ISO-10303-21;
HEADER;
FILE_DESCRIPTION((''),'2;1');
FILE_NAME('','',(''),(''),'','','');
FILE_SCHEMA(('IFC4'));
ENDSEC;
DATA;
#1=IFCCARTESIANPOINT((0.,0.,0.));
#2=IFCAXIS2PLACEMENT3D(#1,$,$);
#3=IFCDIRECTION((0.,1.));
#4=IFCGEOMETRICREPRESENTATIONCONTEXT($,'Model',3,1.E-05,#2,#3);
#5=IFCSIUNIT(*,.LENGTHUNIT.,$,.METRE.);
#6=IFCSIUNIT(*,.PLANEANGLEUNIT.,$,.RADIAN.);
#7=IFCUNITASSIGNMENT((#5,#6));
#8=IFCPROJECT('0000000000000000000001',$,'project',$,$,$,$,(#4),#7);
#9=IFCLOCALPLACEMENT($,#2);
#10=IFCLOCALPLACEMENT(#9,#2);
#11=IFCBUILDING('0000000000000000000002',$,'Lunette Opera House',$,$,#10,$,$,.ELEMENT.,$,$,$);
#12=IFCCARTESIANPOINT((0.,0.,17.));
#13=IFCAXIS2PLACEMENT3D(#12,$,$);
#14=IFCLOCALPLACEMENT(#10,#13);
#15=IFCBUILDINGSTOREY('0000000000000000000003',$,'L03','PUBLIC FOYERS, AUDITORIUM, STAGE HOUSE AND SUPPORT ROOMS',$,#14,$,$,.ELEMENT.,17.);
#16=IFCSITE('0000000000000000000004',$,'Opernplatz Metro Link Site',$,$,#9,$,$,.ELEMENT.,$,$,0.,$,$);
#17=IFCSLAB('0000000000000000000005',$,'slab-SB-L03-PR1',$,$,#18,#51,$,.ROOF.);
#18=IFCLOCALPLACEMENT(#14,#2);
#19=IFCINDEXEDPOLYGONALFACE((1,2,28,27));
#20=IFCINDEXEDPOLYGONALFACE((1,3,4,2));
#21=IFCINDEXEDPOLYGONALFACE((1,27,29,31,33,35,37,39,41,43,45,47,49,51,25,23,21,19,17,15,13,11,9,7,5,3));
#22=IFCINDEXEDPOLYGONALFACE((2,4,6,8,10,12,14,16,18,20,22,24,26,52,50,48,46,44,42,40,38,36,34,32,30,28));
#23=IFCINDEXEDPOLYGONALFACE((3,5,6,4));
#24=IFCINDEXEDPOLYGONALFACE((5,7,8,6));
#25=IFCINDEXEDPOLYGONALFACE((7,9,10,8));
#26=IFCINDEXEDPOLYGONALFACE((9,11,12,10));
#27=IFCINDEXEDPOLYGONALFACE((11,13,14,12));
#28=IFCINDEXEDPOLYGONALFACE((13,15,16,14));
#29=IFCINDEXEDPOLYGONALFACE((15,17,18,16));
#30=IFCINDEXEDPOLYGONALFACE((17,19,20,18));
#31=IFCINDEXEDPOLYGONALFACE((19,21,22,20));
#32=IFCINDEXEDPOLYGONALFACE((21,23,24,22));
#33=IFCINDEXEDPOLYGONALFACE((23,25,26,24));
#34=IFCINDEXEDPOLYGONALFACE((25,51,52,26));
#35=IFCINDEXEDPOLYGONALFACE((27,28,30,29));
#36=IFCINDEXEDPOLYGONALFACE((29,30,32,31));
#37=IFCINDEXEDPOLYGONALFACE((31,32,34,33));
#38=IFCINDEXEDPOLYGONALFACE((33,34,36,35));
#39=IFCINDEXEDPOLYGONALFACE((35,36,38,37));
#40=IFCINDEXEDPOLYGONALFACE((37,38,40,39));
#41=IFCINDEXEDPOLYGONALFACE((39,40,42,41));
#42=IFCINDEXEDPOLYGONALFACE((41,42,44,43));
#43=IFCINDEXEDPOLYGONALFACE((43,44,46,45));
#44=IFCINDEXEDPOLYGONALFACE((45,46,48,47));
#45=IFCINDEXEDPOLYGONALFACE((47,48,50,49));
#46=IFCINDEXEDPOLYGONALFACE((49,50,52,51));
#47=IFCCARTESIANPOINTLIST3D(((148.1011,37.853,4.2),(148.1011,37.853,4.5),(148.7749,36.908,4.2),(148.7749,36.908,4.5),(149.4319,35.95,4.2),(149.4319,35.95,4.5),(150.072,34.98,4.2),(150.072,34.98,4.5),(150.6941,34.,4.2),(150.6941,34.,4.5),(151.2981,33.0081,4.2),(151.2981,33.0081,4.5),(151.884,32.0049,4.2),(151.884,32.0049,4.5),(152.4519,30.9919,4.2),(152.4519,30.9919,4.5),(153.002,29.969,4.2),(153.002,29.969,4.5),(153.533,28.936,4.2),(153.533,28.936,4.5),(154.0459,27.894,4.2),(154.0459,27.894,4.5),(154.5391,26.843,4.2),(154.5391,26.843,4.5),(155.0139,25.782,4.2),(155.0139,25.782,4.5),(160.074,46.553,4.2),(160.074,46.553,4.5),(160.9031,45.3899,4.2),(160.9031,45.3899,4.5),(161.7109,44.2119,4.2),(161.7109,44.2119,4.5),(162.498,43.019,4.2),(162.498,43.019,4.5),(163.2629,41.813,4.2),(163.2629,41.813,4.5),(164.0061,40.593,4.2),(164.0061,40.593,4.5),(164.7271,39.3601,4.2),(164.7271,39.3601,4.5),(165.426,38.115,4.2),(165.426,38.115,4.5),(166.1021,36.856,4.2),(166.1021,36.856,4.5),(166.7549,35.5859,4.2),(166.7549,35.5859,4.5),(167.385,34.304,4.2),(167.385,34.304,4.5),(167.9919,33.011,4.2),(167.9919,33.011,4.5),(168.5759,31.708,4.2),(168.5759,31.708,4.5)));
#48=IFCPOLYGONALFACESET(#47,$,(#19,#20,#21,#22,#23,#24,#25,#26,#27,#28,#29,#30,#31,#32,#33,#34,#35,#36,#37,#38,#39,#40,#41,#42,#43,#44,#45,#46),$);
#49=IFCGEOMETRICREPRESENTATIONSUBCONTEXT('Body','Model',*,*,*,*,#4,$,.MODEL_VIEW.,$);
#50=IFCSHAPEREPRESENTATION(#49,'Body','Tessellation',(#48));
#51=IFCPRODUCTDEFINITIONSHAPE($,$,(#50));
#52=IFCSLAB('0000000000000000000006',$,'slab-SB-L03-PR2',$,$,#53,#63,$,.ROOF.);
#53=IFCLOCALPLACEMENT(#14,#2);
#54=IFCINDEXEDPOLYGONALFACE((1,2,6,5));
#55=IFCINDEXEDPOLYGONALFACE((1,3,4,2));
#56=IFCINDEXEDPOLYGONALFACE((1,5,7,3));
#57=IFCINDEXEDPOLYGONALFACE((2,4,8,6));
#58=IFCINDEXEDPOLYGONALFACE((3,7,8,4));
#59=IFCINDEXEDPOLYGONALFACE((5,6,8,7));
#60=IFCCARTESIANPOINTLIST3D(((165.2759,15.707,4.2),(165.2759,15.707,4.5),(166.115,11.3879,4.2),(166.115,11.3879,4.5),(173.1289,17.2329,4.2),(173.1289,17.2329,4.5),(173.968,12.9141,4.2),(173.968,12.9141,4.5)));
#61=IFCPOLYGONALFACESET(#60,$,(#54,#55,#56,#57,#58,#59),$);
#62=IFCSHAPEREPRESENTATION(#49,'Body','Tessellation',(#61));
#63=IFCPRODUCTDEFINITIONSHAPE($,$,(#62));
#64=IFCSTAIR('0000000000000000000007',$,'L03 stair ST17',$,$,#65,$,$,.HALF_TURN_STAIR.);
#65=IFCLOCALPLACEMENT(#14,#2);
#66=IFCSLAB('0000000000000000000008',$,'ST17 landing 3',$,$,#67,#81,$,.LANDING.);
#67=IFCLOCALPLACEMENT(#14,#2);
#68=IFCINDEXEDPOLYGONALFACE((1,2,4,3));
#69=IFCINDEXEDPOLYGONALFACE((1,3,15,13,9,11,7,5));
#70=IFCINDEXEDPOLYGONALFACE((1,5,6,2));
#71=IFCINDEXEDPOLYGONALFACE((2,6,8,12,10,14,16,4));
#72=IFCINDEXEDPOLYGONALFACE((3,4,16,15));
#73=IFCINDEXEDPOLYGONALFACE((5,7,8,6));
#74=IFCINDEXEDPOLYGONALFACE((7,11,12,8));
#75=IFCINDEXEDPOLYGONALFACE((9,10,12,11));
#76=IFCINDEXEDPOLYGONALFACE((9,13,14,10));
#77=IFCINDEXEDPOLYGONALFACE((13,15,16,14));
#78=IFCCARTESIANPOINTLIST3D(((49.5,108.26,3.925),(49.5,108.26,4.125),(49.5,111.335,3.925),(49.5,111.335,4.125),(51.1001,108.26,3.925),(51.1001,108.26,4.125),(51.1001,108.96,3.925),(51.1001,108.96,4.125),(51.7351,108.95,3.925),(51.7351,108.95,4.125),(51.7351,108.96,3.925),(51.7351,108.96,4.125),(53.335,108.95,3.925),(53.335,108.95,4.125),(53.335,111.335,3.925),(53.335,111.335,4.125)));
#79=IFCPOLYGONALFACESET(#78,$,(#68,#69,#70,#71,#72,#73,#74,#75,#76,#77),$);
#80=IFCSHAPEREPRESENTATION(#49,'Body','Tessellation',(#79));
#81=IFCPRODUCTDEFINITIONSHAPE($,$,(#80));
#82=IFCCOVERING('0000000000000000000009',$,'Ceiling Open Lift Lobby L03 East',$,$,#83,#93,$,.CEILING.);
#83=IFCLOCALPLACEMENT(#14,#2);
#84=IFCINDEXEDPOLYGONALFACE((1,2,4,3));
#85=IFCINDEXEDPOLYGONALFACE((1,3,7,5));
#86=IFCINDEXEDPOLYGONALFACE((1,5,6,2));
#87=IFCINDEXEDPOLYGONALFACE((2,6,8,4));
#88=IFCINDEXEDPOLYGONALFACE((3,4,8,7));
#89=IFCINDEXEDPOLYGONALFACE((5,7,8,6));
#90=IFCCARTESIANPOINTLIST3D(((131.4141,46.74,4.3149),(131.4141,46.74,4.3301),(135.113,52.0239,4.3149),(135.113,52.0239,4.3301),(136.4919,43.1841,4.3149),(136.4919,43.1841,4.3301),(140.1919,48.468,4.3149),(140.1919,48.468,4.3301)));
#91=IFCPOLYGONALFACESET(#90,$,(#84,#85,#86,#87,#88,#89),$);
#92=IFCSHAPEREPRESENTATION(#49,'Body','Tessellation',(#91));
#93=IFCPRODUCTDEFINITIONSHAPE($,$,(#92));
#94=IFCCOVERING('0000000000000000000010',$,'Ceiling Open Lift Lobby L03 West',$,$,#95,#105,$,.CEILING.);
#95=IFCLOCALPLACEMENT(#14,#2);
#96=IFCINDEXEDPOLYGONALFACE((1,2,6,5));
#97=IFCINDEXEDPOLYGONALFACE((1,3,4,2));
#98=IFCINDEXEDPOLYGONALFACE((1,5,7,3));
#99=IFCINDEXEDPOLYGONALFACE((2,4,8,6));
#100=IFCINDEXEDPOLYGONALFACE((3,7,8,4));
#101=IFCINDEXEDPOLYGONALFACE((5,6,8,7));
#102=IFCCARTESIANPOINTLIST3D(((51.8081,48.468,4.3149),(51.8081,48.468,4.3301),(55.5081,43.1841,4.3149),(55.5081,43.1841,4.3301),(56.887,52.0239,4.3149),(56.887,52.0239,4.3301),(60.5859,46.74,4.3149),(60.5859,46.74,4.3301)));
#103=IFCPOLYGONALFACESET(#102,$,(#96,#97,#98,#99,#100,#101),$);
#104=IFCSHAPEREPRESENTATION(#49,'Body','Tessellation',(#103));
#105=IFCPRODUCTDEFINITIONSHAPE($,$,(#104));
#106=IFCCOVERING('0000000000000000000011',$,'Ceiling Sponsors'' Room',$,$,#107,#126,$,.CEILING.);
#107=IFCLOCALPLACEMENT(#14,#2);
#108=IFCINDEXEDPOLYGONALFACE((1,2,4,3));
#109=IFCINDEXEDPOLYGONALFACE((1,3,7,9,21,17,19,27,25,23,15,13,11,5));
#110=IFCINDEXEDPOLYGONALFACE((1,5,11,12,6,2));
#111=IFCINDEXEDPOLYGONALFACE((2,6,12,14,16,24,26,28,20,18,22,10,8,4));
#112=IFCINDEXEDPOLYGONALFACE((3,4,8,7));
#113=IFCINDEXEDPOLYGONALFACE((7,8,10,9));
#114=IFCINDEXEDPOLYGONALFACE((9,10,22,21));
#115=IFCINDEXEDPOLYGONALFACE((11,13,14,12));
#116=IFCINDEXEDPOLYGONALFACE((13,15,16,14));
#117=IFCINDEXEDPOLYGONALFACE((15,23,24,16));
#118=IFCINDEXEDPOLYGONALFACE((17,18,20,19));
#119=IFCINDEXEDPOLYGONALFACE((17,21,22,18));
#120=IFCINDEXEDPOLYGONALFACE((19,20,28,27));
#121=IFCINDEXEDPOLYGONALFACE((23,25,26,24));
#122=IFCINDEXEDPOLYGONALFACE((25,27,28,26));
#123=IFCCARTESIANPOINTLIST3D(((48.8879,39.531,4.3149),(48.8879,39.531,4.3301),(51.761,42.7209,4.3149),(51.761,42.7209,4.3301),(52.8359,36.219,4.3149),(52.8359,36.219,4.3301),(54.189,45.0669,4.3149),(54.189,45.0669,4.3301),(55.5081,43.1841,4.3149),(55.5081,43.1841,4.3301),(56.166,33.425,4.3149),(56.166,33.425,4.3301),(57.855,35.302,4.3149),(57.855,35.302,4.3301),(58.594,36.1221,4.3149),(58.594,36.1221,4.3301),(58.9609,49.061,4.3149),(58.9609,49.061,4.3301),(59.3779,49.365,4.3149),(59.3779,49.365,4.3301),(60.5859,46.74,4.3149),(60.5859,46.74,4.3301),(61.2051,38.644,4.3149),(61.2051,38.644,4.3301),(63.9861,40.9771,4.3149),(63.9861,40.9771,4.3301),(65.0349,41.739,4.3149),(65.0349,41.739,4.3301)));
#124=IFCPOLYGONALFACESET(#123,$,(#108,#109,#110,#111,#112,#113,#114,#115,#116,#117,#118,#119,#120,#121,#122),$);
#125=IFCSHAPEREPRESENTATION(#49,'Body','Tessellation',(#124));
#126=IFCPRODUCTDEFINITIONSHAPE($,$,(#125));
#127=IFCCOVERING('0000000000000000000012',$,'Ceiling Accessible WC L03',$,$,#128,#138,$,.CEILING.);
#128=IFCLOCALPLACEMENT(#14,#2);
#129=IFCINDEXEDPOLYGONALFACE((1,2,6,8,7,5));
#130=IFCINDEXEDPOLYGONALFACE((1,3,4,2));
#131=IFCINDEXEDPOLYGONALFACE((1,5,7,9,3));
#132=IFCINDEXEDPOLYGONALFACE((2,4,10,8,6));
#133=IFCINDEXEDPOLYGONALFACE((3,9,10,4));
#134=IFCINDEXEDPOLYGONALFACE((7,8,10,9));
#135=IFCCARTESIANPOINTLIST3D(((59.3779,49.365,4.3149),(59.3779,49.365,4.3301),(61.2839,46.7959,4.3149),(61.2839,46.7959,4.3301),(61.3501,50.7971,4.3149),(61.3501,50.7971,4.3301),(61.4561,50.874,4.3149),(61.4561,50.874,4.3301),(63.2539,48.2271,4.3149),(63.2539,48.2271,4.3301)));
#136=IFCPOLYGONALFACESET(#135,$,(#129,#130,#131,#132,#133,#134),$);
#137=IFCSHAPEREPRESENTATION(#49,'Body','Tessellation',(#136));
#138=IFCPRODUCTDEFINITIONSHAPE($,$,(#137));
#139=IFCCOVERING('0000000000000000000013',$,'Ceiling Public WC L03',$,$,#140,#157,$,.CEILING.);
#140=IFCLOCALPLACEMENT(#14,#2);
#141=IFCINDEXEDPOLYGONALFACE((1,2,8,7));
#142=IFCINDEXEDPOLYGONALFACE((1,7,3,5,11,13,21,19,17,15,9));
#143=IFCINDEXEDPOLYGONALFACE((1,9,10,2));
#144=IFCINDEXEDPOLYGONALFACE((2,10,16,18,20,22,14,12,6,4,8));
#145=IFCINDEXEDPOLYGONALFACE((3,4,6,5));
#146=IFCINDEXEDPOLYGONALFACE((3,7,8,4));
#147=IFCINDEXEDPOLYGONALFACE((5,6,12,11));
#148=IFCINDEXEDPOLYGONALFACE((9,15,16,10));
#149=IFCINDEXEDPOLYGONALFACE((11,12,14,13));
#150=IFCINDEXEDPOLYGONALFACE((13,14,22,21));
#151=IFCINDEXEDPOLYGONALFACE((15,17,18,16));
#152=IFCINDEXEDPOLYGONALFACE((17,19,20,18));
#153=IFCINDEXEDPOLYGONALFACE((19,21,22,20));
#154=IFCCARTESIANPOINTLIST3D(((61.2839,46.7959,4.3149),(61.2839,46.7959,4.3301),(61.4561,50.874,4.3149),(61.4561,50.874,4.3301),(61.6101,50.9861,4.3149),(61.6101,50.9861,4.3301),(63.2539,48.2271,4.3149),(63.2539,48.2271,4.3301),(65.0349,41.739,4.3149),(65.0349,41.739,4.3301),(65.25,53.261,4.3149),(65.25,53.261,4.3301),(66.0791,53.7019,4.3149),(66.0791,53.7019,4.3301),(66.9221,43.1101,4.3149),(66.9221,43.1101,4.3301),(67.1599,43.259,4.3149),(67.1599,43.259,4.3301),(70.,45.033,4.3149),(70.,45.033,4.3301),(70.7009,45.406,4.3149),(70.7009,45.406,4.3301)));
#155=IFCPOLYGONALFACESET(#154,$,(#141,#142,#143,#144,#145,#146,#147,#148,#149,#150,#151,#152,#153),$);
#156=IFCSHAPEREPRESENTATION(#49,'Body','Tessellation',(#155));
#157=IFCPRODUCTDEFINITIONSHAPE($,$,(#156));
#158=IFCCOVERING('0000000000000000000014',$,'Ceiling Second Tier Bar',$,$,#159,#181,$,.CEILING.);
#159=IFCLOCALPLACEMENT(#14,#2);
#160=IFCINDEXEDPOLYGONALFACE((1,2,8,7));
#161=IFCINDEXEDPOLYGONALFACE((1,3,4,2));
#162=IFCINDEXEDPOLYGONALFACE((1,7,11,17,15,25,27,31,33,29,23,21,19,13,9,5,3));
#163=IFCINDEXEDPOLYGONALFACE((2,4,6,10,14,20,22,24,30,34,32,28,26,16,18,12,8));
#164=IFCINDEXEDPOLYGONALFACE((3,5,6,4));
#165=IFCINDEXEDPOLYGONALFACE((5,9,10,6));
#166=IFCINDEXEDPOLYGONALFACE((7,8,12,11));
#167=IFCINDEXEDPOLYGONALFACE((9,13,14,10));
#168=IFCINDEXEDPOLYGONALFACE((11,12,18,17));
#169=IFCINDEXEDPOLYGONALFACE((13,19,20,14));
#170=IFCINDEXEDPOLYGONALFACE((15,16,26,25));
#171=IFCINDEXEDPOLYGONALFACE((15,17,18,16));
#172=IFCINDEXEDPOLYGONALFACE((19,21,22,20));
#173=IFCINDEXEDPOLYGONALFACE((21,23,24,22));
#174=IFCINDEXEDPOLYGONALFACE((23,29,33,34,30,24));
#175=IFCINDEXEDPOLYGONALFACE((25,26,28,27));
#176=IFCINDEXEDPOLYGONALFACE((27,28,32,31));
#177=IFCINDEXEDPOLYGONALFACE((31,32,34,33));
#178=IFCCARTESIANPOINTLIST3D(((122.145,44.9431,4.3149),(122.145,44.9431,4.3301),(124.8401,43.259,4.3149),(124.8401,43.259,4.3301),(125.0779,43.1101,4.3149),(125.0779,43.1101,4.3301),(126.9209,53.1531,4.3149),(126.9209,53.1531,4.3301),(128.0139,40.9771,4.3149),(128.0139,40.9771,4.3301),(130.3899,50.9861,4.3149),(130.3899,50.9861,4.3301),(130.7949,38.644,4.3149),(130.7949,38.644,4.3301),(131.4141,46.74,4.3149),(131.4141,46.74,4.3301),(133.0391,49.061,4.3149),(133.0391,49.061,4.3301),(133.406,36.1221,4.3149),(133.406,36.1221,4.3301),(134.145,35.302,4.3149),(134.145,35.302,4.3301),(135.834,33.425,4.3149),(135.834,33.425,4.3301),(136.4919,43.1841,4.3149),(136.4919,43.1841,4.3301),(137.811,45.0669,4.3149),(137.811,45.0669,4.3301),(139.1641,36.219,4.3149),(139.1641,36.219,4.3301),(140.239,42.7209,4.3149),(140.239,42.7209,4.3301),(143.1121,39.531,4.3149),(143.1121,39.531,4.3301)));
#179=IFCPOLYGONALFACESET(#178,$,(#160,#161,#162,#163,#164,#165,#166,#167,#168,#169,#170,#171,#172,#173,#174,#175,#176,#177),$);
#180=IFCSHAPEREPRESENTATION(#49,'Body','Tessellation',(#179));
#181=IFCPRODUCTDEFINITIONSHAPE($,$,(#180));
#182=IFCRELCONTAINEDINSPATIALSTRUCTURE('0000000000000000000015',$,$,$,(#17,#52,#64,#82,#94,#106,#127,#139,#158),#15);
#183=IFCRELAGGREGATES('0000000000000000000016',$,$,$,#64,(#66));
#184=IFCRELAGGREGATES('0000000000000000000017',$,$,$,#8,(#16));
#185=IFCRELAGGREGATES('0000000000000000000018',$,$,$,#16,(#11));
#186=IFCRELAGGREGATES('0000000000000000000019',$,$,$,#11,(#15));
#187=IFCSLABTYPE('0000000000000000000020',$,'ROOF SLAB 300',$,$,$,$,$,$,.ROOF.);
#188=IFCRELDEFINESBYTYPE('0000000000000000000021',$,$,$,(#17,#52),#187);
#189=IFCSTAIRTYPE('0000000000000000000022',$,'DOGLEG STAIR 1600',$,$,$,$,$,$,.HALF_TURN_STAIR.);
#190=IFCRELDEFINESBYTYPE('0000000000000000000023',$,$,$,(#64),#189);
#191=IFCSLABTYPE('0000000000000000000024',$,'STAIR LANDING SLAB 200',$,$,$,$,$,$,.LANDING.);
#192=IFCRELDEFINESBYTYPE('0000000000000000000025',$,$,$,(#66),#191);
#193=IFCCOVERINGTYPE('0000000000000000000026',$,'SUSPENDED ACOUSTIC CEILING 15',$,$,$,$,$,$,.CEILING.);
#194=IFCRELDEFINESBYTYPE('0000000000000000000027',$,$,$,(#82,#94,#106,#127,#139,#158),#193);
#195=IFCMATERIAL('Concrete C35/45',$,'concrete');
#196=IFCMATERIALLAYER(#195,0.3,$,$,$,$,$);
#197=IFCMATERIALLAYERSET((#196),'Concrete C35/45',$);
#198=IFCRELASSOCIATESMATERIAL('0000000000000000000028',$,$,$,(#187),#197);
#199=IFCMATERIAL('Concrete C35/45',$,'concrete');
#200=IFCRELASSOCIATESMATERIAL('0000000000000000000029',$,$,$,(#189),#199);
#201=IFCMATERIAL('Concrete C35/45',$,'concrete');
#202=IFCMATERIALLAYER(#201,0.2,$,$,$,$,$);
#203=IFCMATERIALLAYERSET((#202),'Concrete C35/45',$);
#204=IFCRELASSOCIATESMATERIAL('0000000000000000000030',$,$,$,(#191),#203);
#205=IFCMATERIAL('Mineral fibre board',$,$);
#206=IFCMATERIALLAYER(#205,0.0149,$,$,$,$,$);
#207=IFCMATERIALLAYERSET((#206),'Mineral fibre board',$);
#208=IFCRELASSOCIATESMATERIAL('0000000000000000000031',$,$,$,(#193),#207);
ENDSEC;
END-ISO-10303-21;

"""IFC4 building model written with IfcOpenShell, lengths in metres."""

from ifc_helpers import new_model, si_unit, direction, frame, origin, place, context, subcontext, project, spatial, polyline, outline, extrude, material, layer, layer_set, type_object, element, aggregate, save


model = new_model("IFC4")

# Units and contexts
model_context = context("Model", 3, precision=1e-05, world=origin(), true_north=direction((0.0, 1.0)))
body_context = subcontext(model_context, "Body", "Model", "MODEL_VIEW")
ifc_project = project(units=[si_unit("LENGTHUNIT", "METRE"), si_unit("PLANEANGLEUNIT", "RADIAN")], contexts=[model_context])

# Site, building, storey
site_placement = place(None, origin())
site = spatial("IfcSite", under=ifc_project, at=site_placement, Name="Opernplatz Metro Link Site", CompositionType="ELEMENT", RefElevation=0.0)
building_placement = place(site_placement, origin())
building = spatial("IfcBuilding", under=site, at=building_placement, Name="Lunette Opera House", CompositionType="ELEMENT")
storey_placement = place(building_placement, frame((0.0, 0.0, 17.0)))
storey = spatial("IfcBuildingStorey", under=building, at=storey_placement, Name="L03", Description="PUBLIC FOYERS, AUDITORIUM, STAGE HOUSE AND SUPPORT ROOMS", CompositionType="ELEMENT", Elevation=17.0)

# Slabs
ifc_material_1 = material(Name="Concrete C35/45", Category="concrete")
ifc_layer_1 = layer(ifc_material_1, 0.3)
ifc_layer_set_1 = layer_set([ifc_layer_1], Name="Concrete C35/45")
slab_type_1 = type_object("IfcSlabType", Name="ROOF SLAB 300", PredefinedType="ROOF", material=ifc_layer_set_1)
slab_1_placement = place(storey_placement, frame((0.0, 0.0, 4.2)))
element("IfcSlab", 1, at=slab_1_placement, inside=storey, type_object=slab_type_1, Name="slab-SB-L03-PR1", PredefinedType="ROOF", context=body_context, shape_type="SweptSolid", body=[
    extrude(outline(polyline([(160.074, 46.553), (148.1011, 37.853), (148.7749, 36.908), (149.4319, 35.95), (150.072, 34.98), (150.6941, 34.0), (151.2981, 33.0081), (151.884, 32.0049), (152.4519, 30.9919), (153.002, 29.969), (153.533, 28.936), (154.0459, 27.894), (154.5391, 26.843), (155.0139, 25.782), (168.5759, 31.708), (167.9919, 33.011), (167.385, 34.304), (166.7549, 35.5859), (166.1021, 36.856), (165.426, 38.115), (164.7271, 39.3601), (164.0061, 40.593), (163.2629, 41.813), (162.498, 43.019), (161.7109, 44.2119), (160.9031, 45.3899), (160.074, 46.553)])), origin(), (0.0, 0.0, 1.0), 0.3),
])
slab_2_placement = place(storey_placement, frame((0.0, 0.0, 4.2)))
element("IfcSlab", 2, at=slab_2_placement, inside=storey, type_object=slab_type_1, Name="slab-SB-L03-PR2", PredefinedType="ROOF", context=body_context, shape_type="SweptSolid", body=[
    extrude(outline(polyline([(165.2759, 15.707), (166.115, 11.3879), (173.968, 12.9141), (173.1289, 17.2329), (165.2759, 15.707)])), origin(), (0.0, 0.0, 1.0), 0.3),
])

# Stair, slab
ifc_material_2 = material(Name="Concrete C35/45", Category="concrete")
stair_type = type_object("IfcStairType", Name="DOGLEG STAIR 1600", PredefinedType="HALF_TURN_STAIR", material=ifc_material_2)
stair_placement = place(storey_placement, origin())
stair = element("IfcStair", 3, at=stair_placement, inside=storey, type_object=stair_type, Name="L03 stair ST17", PredefinedType="HALF_TURN_STAIR")
ifc_material_3 = material(Name="Concrete C35/45", Category="concrete")
ifc_layer_2 = layer(ifc_material_3, 0.2)
ifc_layer_set_2 = layer_set([ifc_layer_2], Name="Concrete C35/45")
slab_type_2 = type_object("IfcSlabType", Name="STAIR LANDING SLAB 200", PredefinedType="LANDING", material=ifc_layer_set_2)
slab_3_placement = place(storey_placement, frame((0.0, 0.0, 3.925)))
slab_3 = element("IfcSlab", 4, at=slab_3_placement, type_object=slab_type_2, Name="ST17 landing 3", PredefinedType="LANDING", context=body_context, shape_type="SweptSolid", body=[
    extrude(outline(polyline([(53.335, 108.95), (51.7351, 108.95), (51.7351, 108.96), (51.1001, 108.96), (51.1001, 108.26), (49.5, 108.26), (49.5, 111.335), (53.335, 111.335), (53.335, 108.95)])), origin(), (0.0, 0.0, 1.0), 0.2),
])
aggregate(stair, [slab_3])

# Coverings
ifc_material_4 = material(Name="Mineral fibre board")
ifc_layer_3 = layer(ifc_material_4, 0.0149)
ifc_layer_set_3 = layer_set([ifc_layer_3], Name="Mineral fibre board")
covering_type = type_object("IfcCoveringType", Name="SUSPENDED ACOUSTIC CEILING 15", PredefinedType="CEILING", material=ifc_layer_set_3)
covering_1_placement = place(storey_placement, frame((0.0, 0.0, 4.3149)))
element("IfcCovering", 5, at=covering_1_placement, inside=storey, type_object=covering_type, Name="Ceiling Open Lift Lobby L03 East", PredefinedType="CEILING", context=body_context, shape_type="SweptSolid", body=[
    extrude(outline(polyline([(131.4141, 46.74), (136.4919, 43.1841), (140.1919, 48.468), (135.113, 52.0239), (131.4141, 46.74)])), origin(), (0.0, 0.0, 1.0), 0.0151),
])
covering_2_placement = place(storey_placement, frame((0.0, 0.0, 4.3149)))
element("IfcCovering", 6, at=covering_2_placement, inside=storey, type_object=covering_type, Name="Ceiling Open Lift Lobby L03 West", PredefinedType="CEILING", context=body_context, shape_type="SweptSolid", body=[
    extrude(outline(polyline([(60.5859, 46.74), (56.887, 52.0239), (51.8081, 48.468), (55.5081, 43.1841), (60.5859, 46.74)])), origin(), (0.0, 0.0, 1.0), 0.0151),
])
covering_3_placement = place(storey_placement, frame((0.0, 0.0, 4.3149)))
element("IfcCovering", 7, at=covering_3_placement, inside=storey, type_object=covering_type, Name="Ceiling Sponsors' Room", PredefinedType="CEILING", context=body_context, shape_type="SweptSolid", body=[
    extrude(outline(polyline([(61.2051, 38.644), (58.594, 36.1221), (57.855, 35.302), (56.166, 33.425), (52.8359, 36.219), (48.8879, 39.531), (51.761, 42.7209), (54.189, 45.0669), (55.5081, 43.1841), (60.5859, 46.74), (58.9609, 49.061), (59.3779, 49.365), (65.0349, 41.739), (63.9861, 40.9771), (61.2051, 38.644)])), origin(), (0.0, 0.0, 1.0), 0.0151),
])
covering_4_placement = place(storey_placement, frame((0.0, 0.0, 4.3149)))
element("IfcCovering", 8, at=covering_4_placement, inside=storey, type_object=covering_type, Name="Ceiling Accessible WC L03", PredefinedType="CEILING", context=body_context, shape_type="SweptSolid", body=[
    extrude(outline(polyline([(61.3501, 50.7971), (61.4561, 50.874), (63.2539, 48.2271), (61.2839, 46.7959), (59.3779, 49.365), (61.3501, 50.7971)])), origin(), (0.0, 0.0, 1.0), 0.0151),
])
covering_5_placement = place(storey_placement, frame((0.0, 0.0, 4.3149)))
element("IfcCovering", 9, at=covering_5_placement, inside=storey, type_object=covering_type, Name="Ceiling Public WC L03", PredefinedType="CEILING", context=body_context, shape_type="SweptSolid", body=[
    extrude(outline(polyline([(66.9221, 43.1101), (65.0349, 41.739), (61.2839, 46.7959), (63.2539, 48.2271), (61.4561, 50.874), (61.6101, 50.9861), (65.25, 53.261), (66.0791, 53.7019), (70.7009, 45.406), (70.0, 45.033), (67.1599, 43.259), (66.9221, 43.1101)])), origin(), (0.0, 0.0, 1.0), 0.0151),
])
covering_6_placement = place(storey_placement, frame((0.0, 0.0, 4.3149)))
element("IfcCovering", 10, at=covering_6_placement, inside=storey, type_object=covering_type, Name="Ceiling Second Tier Bar", PredefinedType="CEILING", context=body_context, shape_type="SweptSolid", body=[
    extrude(outline(polyline([(133.406, 36.1221), (130.7949, 38.644), (128.0139, 40.9771), (125.0779, 43.1101), (124.8401, 43.259), (122.145, 44.9431), (126.9209, 53.1531), (130.3899, 50.9861), (133.0391, 49.061), (131.4141, 46.74), (136.4919, 43.1841), (137.811, 45.0669), (140.239, 42.7209), (143.1121, 39.531), (139.1641, 36.219), (135.834, 33.425), (134.145, 35.302), (133.406, 36.1221)])), origin(), (0.0, 0.0, 1.0), 0.0151),
])

save(model, "model.ifc")
